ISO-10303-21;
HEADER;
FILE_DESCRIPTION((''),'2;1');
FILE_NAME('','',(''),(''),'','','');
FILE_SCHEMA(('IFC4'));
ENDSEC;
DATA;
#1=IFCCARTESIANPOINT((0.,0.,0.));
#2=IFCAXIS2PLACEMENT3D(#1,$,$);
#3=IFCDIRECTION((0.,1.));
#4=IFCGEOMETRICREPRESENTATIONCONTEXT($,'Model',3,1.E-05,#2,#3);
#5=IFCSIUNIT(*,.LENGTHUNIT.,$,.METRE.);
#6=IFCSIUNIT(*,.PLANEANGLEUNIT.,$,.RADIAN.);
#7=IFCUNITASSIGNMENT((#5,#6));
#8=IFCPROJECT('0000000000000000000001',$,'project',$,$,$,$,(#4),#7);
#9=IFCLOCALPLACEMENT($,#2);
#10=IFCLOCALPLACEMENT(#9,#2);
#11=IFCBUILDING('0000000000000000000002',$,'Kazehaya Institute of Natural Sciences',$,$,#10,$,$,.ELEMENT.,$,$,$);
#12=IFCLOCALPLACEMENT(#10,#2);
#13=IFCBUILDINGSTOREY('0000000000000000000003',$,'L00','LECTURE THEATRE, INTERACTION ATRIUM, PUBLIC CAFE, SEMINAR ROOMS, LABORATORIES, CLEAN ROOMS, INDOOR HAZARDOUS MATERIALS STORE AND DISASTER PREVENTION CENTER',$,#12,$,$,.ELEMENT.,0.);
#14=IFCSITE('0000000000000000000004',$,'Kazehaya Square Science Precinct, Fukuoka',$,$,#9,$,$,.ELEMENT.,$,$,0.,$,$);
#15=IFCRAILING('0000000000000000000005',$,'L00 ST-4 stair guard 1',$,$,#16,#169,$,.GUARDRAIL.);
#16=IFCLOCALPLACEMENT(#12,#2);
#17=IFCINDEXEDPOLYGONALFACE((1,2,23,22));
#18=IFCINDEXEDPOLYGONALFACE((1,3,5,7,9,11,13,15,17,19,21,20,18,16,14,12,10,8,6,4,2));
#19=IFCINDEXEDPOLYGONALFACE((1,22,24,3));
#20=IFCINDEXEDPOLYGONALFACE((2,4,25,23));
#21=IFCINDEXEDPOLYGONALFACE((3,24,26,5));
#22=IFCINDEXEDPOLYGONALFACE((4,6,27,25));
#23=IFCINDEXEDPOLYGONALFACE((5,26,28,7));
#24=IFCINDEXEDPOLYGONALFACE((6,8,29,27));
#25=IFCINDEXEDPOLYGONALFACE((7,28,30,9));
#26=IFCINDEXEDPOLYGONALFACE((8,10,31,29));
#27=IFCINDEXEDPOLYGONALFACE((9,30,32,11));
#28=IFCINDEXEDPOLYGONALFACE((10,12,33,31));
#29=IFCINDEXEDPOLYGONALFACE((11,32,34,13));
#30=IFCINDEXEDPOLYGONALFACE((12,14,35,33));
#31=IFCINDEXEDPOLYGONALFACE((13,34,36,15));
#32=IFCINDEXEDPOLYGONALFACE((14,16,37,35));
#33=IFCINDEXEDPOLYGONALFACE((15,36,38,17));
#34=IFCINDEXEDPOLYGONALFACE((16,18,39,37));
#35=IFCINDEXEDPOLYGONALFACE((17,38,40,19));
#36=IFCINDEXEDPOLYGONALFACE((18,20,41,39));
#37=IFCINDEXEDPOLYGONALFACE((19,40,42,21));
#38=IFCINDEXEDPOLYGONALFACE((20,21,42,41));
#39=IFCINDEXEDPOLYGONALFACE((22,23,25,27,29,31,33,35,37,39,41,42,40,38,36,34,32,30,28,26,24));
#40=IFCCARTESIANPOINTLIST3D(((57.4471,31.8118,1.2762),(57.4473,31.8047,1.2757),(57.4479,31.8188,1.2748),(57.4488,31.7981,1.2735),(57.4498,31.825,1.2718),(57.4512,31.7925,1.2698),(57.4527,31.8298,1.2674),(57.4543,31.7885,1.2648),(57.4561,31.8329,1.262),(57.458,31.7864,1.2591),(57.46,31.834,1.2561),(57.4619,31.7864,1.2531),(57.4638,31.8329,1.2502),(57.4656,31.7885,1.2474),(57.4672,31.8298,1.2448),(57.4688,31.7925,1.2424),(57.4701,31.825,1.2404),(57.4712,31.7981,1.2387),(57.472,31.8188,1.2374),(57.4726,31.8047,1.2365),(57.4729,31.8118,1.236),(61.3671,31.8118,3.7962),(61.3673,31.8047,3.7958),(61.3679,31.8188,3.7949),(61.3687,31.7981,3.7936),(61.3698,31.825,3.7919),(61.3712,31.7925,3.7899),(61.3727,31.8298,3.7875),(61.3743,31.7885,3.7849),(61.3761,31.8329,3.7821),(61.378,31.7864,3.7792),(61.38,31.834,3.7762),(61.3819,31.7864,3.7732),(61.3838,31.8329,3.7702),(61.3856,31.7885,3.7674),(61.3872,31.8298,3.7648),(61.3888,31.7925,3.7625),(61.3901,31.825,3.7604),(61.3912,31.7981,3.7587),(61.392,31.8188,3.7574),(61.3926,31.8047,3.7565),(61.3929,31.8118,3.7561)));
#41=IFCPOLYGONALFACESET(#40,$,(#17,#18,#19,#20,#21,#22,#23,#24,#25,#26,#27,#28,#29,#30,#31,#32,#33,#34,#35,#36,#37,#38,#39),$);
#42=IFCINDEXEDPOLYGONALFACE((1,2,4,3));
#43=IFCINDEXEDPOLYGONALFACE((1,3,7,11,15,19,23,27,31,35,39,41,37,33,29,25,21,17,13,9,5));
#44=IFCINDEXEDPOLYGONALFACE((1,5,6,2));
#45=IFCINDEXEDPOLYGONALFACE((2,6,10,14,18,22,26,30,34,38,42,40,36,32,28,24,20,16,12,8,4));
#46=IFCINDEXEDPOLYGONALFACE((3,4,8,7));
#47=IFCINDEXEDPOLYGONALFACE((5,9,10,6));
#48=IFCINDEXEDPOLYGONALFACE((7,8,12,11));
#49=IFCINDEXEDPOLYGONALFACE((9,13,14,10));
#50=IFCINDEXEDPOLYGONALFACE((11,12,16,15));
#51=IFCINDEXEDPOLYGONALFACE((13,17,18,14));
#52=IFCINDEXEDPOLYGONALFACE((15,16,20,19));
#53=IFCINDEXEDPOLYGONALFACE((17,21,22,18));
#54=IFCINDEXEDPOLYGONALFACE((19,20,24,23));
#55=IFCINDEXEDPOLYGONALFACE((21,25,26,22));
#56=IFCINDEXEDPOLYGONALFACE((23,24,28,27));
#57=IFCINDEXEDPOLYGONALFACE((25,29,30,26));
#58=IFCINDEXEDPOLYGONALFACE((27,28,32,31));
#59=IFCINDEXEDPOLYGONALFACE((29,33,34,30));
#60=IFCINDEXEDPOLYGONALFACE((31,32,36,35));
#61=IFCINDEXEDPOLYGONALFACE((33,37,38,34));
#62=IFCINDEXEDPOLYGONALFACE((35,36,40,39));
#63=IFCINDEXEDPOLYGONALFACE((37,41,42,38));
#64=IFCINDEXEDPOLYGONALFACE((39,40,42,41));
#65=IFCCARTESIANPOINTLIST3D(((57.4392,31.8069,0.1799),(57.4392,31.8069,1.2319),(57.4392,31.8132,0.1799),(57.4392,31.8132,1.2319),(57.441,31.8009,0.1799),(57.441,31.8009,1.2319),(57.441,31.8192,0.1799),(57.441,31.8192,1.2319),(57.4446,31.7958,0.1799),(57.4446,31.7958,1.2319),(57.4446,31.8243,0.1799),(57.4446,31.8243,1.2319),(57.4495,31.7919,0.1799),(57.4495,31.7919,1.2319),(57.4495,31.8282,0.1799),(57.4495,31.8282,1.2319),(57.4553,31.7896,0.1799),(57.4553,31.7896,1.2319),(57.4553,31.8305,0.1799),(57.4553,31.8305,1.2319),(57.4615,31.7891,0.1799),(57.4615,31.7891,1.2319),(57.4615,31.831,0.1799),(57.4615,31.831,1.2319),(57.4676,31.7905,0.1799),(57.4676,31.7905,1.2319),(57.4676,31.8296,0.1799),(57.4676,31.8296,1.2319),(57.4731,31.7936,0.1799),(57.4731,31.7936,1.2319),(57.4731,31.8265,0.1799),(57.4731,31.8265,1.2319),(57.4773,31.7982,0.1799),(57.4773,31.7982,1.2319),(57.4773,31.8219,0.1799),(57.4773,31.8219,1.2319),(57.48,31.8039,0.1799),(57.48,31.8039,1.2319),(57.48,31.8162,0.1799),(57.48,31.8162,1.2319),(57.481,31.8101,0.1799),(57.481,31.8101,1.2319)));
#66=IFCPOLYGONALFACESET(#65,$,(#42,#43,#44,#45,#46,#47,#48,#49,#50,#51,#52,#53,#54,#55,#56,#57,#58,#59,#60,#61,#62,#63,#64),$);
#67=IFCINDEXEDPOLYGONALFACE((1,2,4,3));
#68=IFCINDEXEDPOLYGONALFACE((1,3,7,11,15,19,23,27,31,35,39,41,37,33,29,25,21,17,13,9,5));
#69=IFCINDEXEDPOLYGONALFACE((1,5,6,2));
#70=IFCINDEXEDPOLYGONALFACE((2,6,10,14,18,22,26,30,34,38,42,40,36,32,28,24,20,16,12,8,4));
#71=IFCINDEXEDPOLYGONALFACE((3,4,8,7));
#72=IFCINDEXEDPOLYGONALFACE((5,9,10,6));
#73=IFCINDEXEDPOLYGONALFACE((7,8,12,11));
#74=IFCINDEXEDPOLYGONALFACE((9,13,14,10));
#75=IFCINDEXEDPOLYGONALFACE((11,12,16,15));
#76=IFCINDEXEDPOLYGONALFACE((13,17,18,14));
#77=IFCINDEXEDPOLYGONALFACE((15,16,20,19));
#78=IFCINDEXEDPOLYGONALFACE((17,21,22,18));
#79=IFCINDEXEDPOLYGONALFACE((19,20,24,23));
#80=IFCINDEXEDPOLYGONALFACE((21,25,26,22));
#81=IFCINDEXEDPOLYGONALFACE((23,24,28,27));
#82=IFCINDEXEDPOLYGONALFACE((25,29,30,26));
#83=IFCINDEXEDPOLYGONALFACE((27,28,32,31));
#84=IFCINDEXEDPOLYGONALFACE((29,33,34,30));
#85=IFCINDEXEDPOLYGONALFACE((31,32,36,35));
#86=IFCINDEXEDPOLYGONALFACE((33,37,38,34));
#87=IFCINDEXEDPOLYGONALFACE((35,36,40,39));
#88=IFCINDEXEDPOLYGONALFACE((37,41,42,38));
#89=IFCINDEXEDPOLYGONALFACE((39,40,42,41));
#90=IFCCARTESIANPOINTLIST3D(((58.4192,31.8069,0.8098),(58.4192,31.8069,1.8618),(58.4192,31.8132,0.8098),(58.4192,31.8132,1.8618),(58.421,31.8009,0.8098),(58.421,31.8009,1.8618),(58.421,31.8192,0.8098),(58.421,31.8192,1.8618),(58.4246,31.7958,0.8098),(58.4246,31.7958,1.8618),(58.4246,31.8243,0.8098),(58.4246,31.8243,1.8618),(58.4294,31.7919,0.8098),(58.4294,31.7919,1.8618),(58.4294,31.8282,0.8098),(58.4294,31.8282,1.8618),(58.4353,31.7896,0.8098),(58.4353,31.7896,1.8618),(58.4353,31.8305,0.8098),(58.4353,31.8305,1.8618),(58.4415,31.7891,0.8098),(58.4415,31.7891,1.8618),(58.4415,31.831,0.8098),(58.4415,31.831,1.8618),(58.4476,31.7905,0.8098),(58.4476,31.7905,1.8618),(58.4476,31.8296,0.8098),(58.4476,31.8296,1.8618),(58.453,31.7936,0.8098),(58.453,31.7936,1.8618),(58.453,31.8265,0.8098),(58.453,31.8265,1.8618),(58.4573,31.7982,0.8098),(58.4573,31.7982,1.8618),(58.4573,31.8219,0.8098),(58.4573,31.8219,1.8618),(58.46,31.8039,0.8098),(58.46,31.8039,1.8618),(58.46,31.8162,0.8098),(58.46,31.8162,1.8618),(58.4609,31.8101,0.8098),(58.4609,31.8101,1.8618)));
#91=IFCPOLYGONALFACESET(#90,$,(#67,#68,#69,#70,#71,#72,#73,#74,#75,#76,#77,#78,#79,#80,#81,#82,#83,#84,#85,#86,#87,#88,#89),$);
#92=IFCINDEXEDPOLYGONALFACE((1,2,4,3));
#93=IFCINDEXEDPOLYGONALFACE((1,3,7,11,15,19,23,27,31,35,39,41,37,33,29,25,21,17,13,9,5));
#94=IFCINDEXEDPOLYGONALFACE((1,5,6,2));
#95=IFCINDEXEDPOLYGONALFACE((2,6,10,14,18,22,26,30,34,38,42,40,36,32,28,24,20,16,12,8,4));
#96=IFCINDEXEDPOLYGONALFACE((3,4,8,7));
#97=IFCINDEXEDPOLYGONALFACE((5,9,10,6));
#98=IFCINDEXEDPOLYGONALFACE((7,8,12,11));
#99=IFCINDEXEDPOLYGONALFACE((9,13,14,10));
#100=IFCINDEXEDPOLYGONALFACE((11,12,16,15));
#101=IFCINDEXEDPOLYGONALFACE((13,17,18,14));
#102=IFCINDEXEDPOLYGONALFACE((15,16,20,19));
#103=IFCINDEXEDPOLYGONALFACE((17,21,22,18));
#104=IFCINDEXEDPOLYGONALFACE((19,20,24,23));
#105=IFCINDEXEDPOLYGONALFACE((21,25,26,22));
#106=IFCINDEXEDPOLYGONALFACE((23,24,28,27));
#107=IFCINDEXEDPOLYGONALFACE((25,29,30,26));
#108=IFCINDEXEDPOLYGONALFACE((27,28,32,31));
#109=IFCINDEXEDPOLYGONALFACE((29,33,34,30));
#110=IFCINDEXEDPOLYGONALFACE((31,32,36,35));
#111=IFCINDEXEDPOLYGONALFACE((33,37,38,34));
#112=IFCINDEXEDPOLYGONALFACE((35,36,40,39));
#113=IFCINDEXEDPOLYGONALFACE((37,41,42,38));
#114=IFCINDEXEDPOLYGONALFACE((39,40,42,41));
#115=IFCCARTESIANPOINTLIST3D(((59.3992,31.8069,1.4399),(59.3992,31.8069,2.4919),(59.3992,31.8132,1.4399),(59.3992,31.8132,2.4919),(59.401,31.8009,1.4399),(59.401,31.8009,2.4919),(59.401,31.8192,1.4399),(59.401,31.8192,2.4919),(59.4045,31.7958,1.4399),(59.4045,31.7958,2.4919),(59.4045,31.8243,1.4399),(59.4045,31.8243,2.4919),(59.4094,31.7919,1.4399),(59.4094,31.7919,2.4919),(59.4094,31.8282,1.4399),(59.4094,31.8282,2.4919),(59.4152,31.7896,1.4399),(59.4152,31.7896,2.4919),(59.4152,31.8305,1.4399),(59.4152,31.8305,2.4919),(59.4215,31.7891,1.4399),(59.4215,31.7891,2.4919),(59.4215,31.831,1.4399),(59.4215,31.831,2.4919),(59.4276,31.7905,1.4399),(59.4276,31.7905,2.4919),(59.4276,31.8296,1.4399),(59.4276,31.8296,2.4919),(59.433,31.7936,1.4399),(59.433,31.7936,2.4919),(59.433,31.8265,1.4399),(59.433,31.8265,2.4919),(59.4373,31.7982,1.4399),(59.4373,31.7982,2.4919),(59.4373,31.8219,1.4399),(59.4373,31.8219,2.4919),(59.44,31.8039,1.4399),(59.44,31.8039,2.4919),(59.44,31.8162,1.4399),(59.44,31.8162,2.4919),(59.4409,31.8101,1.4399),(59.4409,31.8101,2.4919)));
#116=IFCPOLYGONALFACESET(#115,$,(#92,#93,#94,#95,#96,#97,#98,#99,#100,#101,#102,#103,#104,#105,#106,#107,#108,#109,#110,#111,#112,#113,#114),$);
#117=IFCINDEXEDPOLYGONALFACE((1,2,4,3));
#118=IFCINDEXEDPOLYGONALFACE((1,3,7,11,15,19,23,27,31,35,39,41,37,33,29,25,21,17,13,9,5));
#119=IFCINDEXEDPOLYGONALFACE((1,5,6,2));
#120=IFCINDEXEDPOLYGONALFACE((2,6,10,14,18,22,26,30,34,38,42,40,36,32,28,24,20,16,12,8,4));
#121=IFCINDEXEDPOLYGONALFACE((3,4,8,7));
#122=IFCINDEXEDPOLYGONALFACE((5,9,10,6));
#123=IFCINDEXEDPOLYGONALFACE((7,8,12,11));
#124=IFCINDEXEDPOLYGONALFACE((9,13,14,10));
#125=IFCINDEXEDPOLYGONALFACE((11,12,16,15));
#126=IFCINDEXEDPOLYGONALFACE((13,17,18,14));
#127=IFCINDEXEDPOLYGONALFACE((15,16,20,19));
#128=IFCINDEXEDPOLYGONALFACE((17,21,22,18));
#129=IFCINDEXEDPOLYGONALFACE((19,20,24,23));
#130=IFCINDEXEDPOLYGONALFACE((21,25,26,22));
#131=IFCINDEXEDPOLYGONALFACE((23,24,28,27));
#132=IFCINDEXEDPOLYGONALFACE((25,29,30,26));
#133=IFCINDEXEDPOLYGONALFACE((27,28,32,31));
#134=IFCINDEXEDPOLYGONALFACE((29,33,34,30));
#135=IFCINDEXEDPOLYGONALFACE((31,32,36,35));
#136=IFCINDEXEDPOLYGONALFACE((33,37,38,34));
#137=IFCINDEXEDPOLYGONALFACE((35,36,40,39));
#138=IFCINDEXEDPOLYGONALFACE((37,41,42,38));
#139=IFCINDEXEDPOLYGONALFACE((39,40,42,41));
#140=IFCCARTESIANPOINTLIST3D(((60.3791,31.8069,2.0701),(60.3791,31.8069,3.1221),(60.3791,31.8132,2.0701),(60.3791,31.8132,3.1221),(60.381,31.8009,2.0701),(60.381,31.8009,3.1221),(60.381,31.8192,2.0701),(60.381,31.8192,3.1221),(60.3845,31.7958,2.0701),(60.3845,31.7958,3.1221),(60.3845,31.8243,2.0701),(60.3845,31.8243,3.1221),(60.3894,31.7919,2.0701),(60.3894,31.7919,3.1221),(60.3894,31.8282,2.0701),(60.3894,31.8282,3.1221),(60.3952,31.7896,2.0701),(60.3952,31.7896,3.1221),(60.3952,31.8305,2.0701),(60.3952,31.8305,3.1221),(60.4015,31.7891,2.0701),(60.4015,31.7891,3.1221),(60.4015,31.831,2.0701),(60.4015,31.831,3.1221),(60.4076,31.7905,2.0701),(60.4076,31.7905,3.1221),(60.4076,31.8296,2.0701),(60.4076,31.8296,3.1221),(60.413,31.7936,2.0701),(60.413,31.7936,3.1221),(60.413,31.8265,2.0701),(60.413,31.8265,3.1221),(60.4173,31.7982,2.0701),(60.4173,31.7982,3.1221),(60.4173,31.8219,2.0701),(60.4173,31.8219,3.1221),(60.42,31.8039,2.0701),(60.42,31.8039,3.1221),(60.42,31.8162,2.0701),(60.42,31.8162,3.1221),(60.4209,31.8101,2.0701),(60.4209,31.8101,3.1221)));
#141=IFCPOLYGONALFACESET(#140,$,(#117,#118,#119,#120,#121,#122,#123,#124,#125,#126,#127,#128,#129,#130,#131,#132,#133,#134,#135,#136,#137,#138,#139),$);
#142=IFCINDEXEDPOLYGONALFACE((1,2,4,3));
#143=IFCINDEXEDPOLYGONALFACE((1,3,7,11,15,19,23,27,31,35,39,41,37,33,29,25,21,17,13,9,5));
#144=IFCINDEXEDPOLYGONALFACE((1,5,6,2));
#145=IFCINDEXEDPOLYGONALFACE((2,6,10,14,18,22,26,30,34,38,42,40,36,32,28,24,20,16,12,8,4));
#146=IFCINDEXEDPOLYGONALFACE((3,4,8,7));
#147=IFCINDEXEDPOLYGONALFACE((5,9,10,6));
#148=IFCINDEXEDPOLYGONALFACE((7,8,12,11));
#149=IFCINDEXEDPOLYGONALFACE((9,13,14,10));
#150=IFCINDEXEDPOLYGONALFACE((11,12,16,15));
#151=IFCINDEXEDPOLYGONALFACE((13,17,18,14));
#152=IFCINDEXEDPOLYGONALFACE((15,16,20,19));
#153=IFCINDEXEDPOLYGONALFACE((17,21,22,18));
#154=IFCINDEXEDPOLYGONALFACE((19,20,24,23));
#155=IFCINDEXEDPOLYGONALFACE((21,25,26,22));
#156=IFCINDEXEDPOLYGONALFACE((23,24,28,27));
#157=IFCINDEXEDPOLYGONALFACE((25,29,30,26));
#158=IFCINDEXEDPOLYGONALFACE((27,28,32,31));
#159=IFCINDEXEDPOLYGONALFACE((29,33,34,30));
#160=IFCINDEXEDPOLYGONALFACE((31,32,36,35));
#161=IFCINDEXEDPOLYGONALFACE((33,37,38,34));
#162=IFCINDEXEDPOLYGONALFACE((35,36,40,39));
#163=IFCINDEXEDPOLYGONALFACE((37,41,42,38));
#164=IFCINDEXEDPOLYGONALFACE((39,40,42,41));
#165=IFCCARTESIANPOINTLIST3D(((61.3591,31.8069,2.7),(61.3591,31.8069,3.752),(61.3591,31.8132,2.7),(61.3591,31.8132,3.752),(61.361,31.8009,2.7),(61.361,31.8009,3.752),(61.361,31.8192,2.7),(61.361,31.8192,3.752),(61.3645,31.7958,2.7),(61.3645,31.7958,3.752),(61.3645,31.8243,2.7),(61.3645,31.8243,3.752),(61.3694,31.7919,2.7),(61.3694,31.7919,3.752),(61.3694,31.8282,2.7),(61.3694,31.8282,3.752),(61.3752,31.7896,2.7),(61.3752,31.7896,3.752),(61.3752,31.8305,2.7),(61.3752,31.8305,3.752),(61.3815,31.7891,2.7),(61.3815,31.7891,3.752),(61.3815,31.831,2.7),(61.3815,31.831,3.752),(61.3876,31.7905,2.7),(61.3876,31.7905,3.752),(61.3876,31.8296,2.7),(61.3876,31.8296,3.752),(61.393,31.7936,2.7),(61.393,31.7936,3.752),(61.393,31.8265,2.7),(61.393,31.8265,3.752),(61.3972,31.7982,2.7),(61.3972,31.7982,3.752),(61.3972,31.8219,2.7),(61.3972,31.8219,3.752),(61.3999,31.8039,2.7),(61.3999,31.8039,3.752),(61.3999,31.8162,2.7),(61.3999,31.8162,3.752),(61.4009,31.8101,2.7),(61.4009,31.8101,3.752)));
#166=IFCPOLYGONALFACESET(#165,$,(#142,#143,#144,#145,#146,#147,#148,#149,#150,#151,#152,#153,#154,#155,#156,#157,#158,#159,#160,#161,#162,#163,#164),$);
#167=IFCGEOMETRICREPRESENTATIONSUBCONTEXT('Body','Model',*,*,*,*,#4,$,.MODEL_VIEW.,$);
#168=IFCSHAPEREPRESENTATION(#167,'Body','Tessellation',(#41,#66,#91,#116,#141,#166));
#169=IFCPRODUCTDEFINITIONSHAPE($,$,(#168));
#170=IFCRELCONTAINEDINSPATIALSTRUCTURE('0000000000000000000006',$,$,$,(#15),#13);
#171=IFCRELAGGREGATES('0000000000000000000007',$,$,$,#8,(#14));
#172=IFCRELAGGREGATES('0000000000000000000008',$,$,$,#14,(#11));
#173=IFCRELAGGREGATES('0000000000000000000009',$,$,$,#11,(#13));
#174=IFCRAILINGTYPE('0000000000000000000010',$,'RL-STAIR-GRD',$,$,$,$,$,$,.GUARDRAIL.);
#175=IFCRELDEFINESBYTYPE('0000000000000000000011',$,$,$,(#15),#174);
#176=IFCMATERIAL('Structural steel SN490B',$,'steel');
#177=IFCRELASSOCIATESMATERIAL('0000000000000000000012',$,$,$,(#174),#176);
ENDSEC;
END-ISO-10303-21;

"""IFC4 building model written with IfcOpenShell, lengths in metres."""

from ifc_helpers import new_model, si_unit, direction, frame, origin, origin_2d, place, context, subcontext, project, spatial, circle, extrude, material, type_object, element, save


model = new_model("IFC4")

# Units and contexts
model_context = context("Model", 3, precision=1e-05, world=origin(), true_north=direction((0.0, 1.0)))
body_context = subcontext(model_context, "Body", "Model", "MODEL_VIEW")
ifc_project = project(units=[si_unit("LENGTHUNIT", "METRE"), si_unit("PLANEANGLEUNIT", "RADIAN")], contexts=[model_context])

# Site, building, storey
site_placement = place(None, origin())
site = spatial("IfcSite", under=ifc_project, at=site_placement, Name="Kazehaya Square Science Precinct, Fukuoka", CompositionType="ELEMENT", RefElevation=0.0)
building_placement = place(site_placement, origin())
building = spatial("IfcBuilding", under=site, at=building_placement, Name="Kazehaya Institute of Natural Sciences", CompositionType="ELEMENT")
storey_placement = place(building_placement, origin())
storey = spatial("IfcBuildingStorey", under=building, at=storey_placement, Name="L00", Description="LECTURE THEATRE, INTERACTION ATRIUM, PUBLIC CAFE, SEMINAR ROOMS, LABORATORIES, CLEAN ROOMS, INDOOR HAZARDOUS MATERIALS STORE AND DISASTER PREVENTION CENTER", CompositionType="ELEMENT", Elevation=0.0)

# Railing
ifc_material_1 = material(Name="Structural steel SN490B", Category="steel")
railing_type_1 = type_object("IfcRailingType", Name="RL-STAIR-GRD", PredefinedType="GUARDRAIL", material=ifc_material_1)
railing_1_placement = place(storey_placement, frame((57.46, 31.8101, 0.1799)))
element("IfcRailing", 1, at=railing_1_placement, inside=storey, type_object=railing_type_1, Name="L00 ST-4 stair guard 1", PredefinedType="GUARDRAIL", context=body_context, shape_type="SweptSolid", body=[
    extrude(circle(Radius=0.0239, at=origin_2d()), frame((0.0, 0.0, 1.0762), z_axis=(0.841172, 0.0, 0.540768), x_axis=(0.0, 1.0, 0.0)), (0.0, 0.0, 1.0), 4.6602),
    extrude(circle(Radius=0.021, at=origin_2d()), origin(), (0.0, 0.0, 1.0), 1.052),
    extrude(circle(Radius=0.021, at=origin_2d()), frame((0.98, 0.0, 0.6299)), (0.0, 0.0, 1.0), 1.052),
    extrude(circle(Radius=0.021, at=origin_2d()), frame((1.96, 0.0, 1.26)), (0.0, 0.0, 1.0), 1.052),
    extrude(circle(Radius=0.021, at=origin_2d()), frame((2.9399, 0.0, 1.8901)), (0.0, 0.0, 1.0), 1.052),
    extrude(circle(Radius=0.021, at=origin_2d()), frame((3.9199, 0.0, 2.52)), (0.0, 0.0, 1.0), 1.052),
])

save(model, "model.ifc")
